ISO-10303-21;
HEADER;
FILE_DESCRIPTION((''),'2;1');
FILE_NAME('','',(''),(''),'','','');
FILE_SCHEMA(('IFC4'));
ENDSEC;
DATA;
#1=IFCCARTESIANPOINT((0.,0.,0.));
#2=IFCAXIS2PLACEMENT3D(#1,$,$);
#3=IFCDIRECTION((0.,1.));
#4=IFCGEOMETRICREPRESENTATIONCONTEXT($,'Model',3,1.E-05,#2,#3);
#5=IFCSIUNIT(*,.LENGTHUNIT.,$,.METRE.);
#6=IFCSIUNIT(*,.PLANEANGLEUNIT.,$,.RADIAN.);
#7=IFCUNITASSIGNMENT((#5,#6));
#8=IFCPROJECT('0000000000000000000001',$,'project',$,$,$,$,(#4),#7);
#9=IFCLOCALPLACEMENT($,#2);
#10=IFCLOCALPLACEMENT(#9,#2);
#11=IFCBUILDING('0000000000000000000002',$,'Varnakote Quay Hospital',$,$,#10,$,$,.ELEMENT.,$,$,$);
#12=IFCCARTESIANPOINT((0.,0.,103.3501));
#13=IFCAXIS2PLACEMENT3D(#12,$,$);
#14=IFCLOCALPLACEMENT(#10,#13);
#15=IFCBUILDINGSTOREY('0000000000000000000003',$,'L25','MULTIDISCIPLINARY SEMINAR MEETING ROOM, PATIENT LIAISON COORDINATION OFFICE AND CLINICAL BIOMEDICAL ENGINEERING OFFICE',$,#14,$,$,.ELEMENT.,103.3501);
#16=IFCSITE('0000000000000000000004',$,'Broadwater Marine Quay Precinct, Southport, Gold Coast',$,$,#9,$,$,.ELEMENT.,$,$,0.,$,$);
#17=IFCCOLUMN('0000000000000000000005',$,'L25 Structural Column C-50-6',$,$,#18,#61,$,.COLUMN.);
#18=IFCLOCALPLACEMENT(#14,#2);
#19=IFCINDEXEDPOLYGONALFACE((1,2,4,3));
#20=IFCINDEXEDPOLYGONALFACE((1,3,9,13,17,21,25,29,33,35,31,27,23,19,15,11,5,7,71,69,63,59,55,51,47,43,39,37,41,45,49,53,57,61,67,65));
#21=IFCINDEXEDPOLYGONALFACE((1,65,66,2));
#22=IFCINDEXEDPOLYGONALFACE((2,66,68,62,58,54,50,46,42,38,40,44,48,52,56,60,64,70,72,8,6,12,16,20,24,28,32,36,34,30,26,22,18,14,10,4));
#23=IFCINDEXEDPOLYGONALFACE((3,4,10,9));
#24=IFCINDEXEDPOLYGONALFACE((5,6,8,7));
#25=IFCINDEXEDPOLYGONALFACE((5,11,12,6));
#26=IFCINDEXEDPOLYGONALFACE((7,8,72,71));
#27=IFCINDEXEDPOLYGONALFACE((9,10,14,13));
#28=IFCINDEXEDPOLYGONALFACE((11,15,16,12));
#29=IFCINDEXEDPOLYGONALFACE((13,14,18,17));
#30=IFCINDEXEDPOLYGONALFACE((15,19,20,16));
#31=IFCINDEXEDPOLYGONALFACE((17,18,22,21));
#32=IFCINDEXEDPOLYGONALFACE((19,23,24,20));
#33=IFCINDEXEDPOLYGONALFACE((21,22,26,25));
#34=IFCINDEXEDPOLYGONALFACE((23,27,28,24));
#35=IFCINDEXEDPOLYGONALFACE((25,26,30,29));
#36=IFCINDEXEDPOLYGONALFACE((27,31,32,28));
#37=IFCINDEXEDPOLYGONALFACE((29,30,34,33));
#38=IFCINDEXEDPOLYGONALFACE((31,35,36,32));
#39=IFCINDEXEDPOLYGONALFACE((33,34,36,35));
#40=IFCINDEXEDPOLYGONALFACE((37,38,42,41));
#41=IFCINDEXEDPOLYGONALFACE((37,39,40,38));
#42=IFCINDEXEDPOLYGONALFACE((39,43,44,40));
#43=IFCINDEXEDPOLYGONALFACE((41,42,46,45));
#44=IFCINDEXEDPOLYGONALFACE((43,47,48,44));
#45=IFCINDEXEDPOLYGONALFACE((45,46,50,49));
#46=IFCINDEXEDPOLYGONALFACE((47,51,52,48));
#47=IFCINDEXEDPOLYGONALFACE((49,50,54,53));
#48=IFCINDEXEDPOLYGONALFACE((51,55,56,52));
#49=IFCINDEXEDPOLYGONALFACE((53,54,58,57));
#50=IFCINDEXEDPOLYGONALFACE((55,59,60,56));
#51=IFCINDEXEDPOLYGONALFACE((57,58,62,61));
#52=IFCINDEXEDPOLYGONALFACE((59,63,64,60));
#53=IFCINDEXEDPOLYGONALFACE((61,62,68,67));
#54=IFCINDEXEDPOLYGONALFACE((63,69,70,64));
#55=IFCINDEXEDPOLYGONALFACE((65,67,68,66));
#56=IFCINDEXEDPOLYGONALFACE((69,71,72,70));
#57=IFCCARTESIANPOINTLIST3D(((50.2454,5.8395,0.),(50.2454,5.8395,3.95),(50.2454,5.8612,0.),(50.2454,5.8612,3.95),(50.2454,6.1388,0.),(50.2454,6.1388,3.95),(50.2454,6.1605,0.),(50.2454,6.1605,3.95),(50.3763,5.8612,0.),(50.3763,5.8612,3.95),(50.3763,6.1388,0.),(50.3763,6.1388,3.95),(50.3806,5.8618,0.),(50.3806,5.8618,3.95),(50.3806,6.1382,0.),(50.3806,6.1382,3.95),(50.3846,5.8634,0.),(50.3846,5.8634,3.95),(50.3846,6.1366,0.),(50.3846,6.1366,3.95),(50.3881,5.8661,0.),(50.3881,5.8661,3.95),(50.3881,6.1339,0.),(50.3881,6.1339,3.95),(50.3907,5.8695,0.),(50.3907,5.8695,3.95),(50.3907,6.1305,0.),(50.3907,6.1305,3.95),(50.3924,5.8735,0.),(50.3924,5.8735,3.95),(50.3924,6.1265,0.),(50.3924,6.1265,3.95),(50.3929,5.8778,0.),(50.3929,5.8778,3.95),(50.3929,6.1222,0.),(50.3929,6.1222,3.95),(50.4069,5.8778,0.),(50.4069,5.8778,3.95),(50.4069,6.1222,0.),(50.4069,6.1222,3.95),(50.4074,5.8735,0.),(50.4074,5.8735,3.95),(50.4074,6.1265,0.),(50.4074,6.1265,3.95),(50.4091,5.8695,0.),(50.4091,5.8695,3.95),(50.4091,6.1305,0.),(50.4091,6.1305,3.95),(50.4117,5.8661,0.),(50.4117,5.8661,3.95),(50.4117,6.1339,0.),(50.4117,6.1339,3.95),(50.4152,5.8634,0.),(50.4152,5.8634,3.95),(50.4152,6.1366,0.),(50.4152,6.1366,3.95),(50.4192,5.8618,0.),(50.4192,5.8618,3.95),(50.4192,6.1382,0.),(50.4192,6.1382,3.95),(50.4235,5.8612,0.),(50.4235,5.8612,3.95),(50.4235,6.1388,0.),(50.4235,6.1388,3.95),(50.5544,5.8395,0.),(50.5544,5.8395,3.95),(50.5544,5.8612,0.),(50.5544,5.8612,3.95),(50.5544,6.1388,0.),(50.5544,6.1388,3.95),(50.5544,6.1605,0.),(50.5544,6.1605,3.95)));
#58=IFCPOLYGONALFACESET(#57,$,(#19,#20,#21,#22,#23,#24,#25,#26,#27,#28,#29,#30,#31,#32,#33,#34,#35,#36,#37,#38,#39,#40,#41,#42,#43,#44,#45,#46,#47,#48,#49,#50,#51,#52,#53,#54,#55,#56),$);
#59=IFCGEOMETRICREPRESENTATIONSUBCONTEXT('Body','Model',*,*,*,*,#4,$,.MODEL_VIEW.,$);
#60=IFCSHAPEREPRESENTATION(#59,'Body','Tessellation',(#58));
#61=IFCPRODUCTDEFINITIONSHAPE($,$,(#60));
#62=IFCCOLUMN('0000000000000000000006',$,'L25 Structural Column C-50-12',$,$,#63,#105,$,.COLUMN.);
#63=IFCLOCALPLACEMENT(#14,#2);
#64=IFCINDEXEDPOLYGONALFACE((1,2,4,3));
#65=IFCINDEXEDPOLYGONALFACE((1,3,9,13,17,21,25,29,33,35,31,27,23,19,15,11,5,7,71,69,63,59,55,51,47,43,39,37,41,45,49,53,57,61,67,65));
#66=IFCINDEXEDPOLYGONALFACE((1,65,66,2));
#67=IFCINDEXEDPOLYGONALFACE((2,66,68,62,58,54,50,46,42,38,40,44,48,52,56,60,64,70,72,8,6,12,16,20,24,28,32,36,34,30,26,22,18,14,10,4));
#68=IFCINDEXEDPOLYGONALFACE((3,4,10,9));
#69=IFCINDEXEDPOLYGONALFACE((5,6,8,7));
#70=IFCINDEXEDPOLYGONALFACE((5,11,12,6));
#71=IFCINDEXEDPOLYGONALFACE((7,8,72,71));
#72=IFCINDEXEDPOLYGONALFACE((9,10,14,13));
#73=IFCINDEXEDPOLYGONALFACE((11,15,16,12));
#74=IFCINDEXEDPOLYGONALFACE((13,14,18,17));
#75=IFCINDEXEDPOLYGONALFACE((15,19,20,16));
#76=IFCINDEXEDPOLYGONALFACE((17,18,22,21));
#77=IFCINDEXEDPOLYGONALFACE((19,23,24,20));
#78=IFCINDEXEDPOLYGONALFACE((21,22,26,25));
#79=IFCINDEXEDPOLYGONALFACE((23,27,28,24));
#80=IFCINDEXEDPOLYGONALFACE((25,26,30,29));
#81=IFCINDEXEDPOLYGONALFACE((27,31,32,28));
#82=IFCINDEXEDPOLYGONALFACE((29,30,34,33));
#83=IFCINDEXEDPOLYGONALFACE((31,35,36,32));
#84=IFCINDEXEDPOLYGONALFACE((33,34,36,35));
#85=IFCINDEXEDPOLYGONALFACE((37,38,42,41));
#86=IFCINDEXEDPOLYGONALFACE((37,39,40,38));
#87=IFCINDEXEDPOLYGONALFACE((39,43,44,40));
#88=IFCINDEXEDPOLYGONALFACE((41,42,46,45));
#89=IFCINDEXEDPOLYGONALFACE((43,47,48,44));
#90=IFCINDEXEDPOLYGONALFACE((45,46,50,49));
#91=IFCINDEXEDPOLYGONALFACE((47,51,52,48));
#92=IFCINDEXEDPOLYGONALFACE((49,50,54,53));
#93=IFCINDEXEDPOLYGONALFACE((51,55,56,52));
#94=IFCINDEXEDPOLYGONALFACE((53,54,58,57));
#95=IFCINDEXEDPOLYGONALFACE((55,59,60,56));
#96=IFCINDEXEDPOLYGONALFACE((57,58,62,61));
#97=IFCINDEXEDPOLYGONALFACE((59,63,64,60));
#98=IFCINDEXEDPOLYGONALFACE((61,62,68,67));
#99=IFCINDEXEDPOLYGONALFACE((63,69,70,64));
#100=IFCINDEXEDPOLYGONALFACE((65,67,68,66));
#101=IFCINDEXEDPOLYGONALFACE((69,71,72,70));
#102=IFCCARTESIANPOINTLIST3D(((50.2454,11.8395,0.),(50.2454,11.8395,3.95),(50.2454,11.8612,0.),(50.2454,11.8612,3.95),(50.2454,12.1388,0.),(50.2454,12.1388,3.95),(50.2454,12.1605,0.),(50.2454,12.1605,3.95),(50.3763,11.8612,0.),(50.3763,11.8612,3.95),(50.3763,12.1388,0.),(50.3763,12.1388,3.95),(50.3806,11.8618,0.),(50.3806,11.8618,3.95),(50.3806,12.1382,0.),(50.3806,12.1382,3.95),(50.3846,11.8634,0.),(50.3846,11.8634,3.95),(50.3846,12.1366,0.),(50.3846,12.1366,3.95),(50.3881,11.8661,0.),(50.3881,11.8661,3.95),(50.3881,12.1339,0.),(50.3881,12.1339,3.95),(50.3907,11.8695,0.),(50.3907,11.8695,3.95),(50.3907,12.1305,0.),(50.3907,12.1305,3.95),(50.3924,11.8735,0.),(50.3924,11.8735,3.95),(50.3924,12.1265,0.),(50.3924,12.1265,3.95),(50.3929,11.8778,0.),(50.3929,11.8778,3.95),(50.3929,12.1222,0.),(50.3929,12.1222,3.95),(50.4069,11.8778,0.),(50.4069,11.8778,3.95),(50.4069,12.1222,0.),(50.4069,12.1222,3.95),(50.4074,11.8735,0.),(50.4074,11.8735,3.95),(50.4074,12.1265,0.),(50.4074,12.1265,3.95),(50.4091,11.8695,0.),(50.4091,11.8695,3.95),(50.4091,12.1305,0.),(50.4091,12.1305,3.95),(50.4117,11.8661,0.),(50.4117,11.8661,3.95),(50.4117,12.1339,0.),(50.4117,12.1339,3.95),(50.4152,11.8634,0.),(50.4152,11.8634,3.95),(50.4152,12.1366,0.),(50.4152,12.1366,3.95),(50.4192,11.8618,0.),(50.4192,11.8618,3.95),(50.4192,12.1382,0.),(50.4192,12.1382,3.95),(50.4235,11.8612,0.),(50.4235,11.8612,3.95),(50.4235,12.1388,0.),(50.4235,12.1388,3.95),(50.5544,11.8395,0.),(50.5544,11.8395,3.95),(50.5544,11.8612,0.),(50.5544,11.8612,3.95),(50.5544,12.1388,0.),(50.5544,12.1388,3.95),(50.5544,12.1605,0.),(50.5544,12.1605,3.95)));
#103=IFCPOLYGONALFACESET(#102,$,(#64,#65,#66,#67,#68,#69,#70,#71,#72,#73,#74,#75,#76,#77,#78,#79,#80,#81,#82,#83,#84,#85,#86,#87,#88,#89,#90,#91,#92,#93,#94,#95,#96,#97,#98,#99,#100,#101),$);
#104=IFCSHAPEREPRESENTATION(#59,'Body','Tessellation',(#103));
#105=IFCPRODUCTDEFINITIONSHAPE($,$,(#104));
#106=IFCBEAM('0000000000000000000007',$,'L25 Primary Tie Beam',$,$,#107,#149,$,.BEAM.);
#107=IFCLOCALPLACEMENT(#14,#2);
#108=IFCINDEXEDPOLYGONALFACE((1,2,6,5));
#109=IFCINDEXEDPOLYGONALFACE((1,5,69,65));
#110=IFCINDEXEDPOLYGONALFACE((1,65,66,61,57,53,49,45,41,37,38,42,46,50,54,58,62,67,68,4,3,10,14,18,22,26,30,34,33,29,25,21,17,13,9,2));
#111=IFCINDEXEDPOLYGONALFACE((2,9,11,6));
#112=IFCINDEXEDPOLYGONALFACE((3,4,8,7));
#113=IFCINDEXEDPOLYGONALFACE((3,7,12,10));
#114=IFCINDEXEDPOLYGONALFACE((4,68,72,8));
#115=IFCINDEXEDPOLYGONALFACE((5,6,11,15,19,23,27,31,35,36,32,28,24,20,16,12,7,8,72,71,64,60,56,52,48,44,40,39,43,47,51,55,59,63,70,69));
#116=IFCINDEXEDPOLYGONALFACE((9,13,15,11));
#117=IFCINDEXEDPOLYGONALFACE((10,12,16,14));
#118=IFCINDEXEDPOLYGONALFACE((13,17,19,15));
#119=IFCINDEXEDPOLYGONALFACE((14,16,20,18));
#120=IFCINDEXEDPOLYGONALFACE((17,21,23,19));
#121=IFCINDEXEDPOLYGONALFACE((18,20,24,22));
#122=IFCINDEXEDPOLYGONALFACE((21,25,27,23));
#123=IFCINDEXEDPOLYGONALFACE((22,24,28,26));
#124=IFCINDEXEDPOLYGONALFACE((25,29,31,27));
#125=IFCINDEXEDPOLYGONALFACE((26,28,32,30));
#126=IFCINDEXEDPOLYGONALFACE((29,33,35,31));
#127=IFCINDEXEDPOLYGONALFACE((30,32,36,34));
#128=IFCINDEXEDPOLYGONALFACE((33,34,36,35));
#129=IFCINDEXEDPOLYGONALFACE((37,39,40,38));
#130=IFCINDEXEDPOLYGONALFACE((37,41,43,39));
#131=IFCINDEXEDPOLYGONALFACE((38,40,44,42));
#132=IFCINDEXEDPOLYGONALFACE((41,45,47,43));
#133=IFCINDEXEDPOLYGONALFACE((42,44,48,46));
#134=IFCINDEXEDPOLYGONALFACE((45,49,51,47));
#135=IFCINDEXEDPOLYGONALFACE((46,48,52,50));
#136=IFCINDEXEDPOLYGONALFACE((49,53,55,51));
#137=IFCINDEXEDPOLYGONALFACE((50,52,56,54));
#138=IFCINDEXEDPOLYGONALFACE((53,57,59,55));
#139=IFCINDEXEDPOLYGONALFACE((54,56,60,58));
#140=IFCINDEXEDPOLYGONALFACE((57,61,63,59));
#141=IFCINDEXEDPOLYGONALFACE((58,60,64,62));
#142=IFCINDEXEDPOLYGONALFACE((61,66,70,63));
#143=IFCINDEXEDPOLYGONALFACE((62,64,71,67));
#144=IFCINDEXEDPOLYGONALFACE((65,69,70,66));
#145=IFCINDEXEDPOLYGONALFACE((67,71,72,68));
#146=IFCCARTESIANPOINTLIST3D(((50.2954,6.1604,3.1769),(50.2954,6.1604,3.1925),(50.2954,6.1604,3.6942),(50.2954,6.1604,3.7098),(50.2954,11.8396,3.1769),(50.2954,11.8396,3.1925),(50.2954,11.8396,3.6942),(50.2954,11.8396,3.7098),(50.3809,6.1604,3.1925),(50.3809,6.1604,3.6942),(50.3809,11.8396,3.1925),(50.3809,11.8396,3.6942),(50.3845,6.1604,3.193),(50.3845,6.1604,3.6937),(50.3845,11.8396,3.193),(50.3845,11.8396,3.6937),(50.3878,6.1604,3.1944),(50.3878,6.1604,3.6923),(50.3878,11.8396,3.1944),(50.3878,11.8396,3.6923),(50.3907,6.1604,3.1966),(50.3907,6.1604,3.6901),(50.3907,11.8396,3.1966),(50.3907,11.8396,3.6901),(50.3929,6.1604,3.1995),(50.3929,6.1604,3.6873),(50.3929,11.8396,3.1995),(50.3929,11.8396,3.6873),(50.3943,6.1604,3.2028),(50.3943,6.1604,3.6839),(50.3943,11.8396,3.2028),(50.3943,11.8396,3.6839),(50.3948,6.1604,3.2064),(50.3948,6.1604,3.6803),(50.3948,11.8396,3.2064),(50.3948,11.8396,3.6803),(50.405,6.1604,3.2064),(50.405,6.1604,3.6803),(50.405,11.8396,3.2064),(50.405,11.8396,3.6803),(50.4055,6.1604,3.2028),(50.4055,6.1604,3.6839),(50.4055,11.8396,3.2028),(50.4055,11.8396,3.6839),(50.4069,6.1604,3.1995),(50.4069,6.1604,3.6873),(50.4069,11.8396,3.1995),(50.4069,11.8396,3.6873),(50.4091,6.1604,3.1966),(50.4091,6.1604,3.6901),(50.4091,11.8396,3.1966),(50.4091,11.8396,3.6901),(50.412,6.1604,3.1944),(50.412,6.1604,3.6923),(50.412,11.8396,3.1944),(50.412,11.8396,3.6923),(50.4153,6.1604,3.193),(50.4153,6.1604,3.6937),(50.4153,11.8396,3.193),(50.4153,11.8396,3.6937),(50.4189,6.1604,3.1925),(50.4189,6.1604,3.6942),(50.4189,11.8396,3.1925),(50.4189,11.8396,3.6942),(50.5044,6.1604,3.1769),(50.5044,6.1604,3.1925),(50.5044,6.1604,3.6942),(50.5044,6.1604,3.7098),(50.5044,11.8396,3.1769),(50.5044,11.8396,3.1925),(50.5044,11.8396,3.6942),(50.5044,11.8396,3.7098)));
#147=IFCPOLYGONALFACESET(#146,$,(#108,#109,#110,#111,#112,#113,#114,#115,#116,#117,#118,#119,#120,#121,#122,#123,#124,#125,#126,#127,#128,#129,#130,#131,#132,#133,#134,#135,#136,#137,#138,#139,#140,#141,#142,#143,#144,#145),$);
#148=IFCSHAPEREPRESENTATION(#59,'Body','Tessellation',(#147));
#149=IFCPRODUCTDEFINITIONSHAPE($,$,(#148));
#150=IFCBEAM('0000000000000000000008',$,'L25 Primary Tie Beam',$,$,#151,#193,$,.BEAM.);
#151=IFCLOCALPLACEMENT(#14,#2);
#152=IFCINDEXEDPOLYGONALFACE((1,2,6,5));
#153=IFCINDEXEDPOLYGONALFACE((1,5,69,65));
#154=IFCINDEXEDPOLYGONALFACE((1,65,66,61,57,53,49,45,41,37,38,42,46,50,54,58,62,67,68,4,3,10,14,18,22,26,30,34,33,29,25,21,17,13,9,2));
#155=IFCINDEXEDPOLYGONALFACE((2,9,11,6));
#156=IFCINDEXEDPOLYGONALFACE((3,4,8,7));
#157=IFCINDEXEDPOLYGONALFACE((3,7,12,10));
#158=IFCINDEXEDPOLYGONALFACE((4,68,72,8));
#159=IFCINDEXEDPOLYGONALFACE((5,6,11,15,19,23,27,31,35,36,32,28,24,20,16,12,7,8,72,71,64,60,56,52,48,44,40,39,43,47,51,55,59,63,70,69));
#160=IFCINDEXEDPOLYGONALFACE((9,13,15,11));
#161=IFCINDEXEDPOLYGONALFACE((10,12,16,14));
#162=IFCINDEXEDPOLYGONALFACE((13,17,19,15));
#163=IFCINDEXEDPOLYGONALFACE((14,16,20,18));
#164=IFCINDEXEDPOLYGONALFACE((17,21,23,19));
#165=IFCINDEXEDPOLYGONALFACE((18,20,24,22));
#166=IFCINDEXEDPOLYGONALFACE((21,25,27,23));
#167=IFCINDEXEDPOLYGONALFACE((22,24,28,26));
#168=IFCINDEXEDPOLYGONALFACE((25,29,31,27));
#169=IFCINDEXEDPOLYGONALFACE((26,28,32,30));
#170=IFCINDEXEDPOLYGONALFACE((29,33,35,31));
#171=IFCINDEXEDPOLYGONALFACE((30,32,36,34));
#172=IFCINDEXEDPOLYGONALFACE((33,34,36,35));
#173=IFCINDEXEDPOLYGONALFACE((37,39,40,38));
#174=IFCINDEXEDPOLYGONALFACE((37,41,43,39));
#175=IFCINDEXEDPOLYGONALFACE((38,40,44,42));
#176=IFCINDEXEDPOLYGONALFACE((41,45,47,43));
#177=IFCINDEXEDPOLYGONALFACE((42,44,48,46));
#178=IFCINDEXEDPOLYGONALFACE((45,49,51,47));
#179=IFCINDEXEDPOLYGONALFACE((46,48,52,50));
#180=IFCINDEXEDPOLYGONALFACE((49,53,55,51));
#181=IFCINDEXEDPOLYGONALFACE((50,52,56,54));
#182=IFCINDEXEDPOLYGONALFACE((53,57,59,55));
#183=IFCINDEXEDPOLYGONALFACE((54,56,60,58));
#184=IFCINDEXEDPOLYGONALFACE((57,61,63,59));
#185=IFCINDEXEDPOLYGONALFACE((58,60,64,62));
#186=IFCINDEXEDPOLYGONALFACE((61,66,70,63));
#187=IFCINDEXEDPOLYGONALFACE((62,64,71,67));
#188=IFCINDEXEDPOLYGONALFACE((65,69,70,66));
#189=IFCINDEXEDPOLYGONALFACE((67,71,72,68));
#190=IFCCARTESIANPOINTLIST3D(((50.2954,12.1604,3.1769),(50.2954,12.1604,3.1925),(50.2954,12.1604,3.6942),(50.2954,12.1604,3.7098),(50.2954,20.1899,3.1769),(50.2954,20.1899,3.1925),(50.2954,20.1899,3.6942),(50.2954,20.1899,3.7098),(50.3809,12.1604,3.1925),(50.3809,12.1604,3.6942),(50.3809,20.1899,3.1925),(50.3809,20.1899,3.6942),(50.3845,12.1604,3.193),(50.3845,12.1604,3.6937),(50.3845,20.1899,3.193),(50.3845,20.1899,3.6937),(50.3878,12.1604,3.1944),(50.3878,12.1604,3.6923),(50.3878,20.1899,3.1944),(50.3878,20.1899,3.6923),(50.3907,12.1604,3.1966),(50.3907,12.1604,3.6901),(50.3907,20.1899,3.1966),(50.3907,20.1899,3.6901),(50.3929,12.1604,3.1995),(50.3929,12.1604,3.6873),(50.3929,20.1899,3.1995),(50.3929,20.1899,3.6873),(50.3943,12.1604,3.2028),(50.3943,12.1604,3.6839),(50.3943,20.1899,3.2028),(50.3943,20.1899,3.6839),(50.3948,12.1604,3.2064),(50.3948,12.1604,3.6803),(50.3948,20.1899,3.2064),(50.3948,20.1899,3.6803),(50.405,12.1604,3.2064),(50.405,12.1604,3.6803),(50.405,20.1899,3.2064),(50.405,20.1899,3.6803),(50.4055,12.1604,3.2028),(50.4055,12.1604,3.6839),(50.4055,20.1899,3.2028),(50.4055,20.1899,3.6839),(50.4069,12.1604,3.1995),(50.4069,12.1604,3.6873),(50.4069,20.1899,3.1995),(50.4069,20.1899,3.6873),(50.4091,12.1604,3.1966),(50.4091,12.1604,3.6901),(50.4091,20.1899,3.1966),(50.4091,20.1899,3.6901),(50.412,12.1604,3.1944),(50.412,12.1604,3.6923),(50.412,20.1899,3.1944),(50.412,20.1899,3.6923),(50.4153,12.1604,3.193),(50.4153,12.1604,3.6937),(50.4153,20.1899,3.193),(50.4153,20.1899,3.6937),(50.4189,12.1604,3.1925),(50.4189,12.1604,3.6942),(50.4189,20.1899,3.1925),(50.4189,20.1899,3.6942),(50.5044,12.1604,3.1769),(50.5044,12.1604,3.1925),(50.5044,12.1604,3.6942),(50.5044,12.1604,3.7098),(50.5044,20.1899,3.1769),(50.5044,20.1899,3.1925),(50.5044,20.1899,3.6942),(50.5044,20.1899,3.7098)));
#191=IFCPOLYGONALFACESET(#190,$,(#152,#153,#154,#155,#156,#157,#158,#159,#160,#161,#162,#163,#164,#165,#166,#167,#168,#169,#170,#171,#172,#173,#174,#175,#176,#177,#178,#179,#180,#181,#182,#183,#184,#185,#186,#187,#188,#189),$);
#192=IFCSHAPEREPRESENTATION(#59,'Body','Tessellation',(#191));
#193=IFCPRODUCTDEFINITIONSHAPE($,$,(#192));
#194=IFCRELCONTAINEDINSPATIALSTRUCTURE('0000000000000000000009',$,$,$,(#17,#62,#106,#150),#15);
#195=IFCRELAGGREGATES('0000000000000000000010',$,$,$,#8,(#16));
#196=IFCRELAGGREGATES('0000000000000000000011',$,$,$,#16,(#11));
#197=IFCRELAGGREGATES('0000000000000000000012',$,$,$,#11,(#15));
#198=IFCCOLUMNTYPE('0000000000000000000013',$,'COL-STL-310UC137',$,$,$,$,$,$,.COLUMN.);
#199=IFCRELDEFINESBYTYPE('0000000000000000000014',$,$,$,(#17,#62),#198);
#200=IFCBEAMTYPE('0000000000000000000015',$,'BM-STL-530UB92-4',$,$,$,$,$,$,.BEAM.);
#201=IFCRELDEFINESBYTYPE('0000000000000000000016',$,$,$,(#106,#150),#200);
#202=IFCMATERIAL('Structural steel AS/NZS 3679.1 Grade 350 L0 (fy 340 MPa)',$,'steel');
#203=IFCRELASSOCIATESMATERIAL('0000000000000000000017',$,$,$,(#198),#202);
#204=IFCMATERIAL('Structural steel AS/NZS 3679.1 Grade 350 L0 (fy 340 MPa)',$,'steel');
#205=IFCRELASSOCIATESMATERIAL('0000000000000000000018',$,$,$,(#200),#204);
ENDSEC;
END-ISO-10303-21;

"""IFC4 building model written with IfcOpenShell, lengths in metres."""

from ifc_helpers import new_model, si_unit, direction, frame, origin, origin_2d, place, context, subcontext, project, spatial, i_section, extrude, material, material_profile, profile_set, type_object, element, save


model = new_model("IFC4")

# Units and contexts
model_context = context("Model", 3, precision=1e-05, world=origin(), true_north=direction((0.0, 1.0)))
body_context = subcontext(model_context, "Body", "Model", "MODEL_VIEW")
ifc_project = project(units=[si_unit("LENGTHUNIT", "METRE"), si_unit("PLANEANGLEUNIT", "RADIAN")], contexts=[model_context])

# Site, building, storey
site_placement = place(None, origin())
site = spatial("IfcSite", under=ifc_project, at=site_placement, Name="Broadwater Marine Quay Precinct, Southport, Gold Coast", CompositionType="ELEMENT", RefElevation=0.0)
building_placement = place(site_placement, origin())
building = spatial("IfcBuilding", under=site, at=building_placement, Name="Varnakote Quay Hospital", CompositionType="ELEMENT")
storey_placement = place(building_placement, frame((0.0, 0.0, 103.3501)))
storey = spatial("IfcBuildingStorey", under=building, at=storey_placement, Name="L25", Description="MULTIDISCIPLINARY SEMINAR MEETING ROOM, PATIENT LIAISON COORDINATION OFFICE AND CLINICAL BIOMEDICAL ENGINEERING OFFICE", CompositionType="ELEMENT", Elevation=103.3501)

# Columns
ifc_material_1 = material(Name="Structural steel AS/NZS 3679.1 Grade 350 L0 (fy 340 MPa)", Category="steel")
ifc_material_profile_1 = material_profile(ifc_material_1, i_section(OverallWidth=0.3091, OverallDepth=0.321, WebThickness=0.0139, FlangeThickness=0.0217, FilletRadius=0.0166, at=origin_2d()), Name="310UC137")
ifc_profile_set_1 = profile_set([ifc_material_profile_1], Name="Structural steel AS/NZS 3679.1 Grade 350 L0 (fy 340 MPa)")
column_type = type_object("IfcColumnType", Name="COL-STL-310UC137", PredefinedType="COLUMN", material=ifc_profile_set_1)
for number, where, z_axis, x_axis, name in (
    (1, (50.3999, 6.0, 0.0), (0.0, 0.0, 1.0), (1.0, 0.0, 0.0), "L25 Structural Column C-50-6"),
    (2, (50.3999, 12.0, 0.0), (0.0, 0.0, 1.0), (1.0, 0.0, 0.0), "L25 Structural Column C-50-12"),
):
    element("IfcColumn", number, at=place(storey_placement, frame(where, z_axis=z_axis, x_axis=x_axis)), inside=storey, type_object=column_type, Name=name, PredefinedType="COLUMN", context=body_context, shape_type="SweptSolid", body=[
        extrude(i_section(OverallWidth=0.3091, OverallDepth=0.321, WebThickness=0.0139, FlangeThickness=0.0217, FilletRadius=0.0166, at=origin_2d()), origin(), (0.0, 0.0, 1.0), 3.95),
    ])

# Beams
ifc_material_2 = material(Name="Structural steel AS/NZS 3679.1 Grade 350 L0 (fy 340 MPa)", Category="steel")
ifc_material_profile_2 = material_profile(ifc_material_2, i_section(OverallWidth=0.209, OverallDepth=0.533, WebThickness=0.0103, FlangeThickness=0.0156, FilletRadius=0.0139, at=origin_2d()), Name="530UB92.4")
ifc_profile_set_2 = profile_set([ifc_material_profile_2], Name="Structural steel AS/NZS 3679.1 Grade 350 L0 (fy 340 MPa)")
beam_type = type_object("IfcBeamType", Name="BM-STL-530UB92-4", PredefinedType="BEAM", material=ifc_profile_set_2)
beam_1_placement = place(storey_placement, frame((50.3999, 6.1604, 3.4434), z_axis=(0.0, 1.0, 0.0), x_axis=(-1.0, 0.0, 0.0)))
element("IfcBeam", 3, at=beam_1_placement, inside=storey, type_object=beam_type, Name="L25 Primary Tie Beam", PredefinedType="BEAM", context=body_context, shape_type="SweptSolid", body=[
    extrude(i_section(OverallWidth=0.209, OverallDepth=0.533, WebThickness=0.0103, FlangeThickness=0.0156, FilletRadius=0.0139, at=origin_2d()), origin(), (0.0, 0.0, 1.0), 5.6792),
])
beam_2_placement = place(storey_placement, frame((50.3999, 12.1604, 3.4434), z_axis=(0.0, 1.0, 0.0), x_axis=(-1.0, 0.0, 0.0)))
element("IfcBeam", 4, at=beam_2_placement, inside=storey, type_object=beam_type, Name="L25 Primary Tie Beam", PredefinedType="BEAM", context=body_context, shape_type="SweptSolid", body=[
    extrude(i_section(OverallWidth=0.209, OverallDepth=0.533, WebThickness=0.0103, FlangeThickness=0.0156, FilletRadius=0.0139, at=origin_2d()), origin(), (0.0, 0.0, 1.0), 8.0295),
])

save(model, "model.ifc")
